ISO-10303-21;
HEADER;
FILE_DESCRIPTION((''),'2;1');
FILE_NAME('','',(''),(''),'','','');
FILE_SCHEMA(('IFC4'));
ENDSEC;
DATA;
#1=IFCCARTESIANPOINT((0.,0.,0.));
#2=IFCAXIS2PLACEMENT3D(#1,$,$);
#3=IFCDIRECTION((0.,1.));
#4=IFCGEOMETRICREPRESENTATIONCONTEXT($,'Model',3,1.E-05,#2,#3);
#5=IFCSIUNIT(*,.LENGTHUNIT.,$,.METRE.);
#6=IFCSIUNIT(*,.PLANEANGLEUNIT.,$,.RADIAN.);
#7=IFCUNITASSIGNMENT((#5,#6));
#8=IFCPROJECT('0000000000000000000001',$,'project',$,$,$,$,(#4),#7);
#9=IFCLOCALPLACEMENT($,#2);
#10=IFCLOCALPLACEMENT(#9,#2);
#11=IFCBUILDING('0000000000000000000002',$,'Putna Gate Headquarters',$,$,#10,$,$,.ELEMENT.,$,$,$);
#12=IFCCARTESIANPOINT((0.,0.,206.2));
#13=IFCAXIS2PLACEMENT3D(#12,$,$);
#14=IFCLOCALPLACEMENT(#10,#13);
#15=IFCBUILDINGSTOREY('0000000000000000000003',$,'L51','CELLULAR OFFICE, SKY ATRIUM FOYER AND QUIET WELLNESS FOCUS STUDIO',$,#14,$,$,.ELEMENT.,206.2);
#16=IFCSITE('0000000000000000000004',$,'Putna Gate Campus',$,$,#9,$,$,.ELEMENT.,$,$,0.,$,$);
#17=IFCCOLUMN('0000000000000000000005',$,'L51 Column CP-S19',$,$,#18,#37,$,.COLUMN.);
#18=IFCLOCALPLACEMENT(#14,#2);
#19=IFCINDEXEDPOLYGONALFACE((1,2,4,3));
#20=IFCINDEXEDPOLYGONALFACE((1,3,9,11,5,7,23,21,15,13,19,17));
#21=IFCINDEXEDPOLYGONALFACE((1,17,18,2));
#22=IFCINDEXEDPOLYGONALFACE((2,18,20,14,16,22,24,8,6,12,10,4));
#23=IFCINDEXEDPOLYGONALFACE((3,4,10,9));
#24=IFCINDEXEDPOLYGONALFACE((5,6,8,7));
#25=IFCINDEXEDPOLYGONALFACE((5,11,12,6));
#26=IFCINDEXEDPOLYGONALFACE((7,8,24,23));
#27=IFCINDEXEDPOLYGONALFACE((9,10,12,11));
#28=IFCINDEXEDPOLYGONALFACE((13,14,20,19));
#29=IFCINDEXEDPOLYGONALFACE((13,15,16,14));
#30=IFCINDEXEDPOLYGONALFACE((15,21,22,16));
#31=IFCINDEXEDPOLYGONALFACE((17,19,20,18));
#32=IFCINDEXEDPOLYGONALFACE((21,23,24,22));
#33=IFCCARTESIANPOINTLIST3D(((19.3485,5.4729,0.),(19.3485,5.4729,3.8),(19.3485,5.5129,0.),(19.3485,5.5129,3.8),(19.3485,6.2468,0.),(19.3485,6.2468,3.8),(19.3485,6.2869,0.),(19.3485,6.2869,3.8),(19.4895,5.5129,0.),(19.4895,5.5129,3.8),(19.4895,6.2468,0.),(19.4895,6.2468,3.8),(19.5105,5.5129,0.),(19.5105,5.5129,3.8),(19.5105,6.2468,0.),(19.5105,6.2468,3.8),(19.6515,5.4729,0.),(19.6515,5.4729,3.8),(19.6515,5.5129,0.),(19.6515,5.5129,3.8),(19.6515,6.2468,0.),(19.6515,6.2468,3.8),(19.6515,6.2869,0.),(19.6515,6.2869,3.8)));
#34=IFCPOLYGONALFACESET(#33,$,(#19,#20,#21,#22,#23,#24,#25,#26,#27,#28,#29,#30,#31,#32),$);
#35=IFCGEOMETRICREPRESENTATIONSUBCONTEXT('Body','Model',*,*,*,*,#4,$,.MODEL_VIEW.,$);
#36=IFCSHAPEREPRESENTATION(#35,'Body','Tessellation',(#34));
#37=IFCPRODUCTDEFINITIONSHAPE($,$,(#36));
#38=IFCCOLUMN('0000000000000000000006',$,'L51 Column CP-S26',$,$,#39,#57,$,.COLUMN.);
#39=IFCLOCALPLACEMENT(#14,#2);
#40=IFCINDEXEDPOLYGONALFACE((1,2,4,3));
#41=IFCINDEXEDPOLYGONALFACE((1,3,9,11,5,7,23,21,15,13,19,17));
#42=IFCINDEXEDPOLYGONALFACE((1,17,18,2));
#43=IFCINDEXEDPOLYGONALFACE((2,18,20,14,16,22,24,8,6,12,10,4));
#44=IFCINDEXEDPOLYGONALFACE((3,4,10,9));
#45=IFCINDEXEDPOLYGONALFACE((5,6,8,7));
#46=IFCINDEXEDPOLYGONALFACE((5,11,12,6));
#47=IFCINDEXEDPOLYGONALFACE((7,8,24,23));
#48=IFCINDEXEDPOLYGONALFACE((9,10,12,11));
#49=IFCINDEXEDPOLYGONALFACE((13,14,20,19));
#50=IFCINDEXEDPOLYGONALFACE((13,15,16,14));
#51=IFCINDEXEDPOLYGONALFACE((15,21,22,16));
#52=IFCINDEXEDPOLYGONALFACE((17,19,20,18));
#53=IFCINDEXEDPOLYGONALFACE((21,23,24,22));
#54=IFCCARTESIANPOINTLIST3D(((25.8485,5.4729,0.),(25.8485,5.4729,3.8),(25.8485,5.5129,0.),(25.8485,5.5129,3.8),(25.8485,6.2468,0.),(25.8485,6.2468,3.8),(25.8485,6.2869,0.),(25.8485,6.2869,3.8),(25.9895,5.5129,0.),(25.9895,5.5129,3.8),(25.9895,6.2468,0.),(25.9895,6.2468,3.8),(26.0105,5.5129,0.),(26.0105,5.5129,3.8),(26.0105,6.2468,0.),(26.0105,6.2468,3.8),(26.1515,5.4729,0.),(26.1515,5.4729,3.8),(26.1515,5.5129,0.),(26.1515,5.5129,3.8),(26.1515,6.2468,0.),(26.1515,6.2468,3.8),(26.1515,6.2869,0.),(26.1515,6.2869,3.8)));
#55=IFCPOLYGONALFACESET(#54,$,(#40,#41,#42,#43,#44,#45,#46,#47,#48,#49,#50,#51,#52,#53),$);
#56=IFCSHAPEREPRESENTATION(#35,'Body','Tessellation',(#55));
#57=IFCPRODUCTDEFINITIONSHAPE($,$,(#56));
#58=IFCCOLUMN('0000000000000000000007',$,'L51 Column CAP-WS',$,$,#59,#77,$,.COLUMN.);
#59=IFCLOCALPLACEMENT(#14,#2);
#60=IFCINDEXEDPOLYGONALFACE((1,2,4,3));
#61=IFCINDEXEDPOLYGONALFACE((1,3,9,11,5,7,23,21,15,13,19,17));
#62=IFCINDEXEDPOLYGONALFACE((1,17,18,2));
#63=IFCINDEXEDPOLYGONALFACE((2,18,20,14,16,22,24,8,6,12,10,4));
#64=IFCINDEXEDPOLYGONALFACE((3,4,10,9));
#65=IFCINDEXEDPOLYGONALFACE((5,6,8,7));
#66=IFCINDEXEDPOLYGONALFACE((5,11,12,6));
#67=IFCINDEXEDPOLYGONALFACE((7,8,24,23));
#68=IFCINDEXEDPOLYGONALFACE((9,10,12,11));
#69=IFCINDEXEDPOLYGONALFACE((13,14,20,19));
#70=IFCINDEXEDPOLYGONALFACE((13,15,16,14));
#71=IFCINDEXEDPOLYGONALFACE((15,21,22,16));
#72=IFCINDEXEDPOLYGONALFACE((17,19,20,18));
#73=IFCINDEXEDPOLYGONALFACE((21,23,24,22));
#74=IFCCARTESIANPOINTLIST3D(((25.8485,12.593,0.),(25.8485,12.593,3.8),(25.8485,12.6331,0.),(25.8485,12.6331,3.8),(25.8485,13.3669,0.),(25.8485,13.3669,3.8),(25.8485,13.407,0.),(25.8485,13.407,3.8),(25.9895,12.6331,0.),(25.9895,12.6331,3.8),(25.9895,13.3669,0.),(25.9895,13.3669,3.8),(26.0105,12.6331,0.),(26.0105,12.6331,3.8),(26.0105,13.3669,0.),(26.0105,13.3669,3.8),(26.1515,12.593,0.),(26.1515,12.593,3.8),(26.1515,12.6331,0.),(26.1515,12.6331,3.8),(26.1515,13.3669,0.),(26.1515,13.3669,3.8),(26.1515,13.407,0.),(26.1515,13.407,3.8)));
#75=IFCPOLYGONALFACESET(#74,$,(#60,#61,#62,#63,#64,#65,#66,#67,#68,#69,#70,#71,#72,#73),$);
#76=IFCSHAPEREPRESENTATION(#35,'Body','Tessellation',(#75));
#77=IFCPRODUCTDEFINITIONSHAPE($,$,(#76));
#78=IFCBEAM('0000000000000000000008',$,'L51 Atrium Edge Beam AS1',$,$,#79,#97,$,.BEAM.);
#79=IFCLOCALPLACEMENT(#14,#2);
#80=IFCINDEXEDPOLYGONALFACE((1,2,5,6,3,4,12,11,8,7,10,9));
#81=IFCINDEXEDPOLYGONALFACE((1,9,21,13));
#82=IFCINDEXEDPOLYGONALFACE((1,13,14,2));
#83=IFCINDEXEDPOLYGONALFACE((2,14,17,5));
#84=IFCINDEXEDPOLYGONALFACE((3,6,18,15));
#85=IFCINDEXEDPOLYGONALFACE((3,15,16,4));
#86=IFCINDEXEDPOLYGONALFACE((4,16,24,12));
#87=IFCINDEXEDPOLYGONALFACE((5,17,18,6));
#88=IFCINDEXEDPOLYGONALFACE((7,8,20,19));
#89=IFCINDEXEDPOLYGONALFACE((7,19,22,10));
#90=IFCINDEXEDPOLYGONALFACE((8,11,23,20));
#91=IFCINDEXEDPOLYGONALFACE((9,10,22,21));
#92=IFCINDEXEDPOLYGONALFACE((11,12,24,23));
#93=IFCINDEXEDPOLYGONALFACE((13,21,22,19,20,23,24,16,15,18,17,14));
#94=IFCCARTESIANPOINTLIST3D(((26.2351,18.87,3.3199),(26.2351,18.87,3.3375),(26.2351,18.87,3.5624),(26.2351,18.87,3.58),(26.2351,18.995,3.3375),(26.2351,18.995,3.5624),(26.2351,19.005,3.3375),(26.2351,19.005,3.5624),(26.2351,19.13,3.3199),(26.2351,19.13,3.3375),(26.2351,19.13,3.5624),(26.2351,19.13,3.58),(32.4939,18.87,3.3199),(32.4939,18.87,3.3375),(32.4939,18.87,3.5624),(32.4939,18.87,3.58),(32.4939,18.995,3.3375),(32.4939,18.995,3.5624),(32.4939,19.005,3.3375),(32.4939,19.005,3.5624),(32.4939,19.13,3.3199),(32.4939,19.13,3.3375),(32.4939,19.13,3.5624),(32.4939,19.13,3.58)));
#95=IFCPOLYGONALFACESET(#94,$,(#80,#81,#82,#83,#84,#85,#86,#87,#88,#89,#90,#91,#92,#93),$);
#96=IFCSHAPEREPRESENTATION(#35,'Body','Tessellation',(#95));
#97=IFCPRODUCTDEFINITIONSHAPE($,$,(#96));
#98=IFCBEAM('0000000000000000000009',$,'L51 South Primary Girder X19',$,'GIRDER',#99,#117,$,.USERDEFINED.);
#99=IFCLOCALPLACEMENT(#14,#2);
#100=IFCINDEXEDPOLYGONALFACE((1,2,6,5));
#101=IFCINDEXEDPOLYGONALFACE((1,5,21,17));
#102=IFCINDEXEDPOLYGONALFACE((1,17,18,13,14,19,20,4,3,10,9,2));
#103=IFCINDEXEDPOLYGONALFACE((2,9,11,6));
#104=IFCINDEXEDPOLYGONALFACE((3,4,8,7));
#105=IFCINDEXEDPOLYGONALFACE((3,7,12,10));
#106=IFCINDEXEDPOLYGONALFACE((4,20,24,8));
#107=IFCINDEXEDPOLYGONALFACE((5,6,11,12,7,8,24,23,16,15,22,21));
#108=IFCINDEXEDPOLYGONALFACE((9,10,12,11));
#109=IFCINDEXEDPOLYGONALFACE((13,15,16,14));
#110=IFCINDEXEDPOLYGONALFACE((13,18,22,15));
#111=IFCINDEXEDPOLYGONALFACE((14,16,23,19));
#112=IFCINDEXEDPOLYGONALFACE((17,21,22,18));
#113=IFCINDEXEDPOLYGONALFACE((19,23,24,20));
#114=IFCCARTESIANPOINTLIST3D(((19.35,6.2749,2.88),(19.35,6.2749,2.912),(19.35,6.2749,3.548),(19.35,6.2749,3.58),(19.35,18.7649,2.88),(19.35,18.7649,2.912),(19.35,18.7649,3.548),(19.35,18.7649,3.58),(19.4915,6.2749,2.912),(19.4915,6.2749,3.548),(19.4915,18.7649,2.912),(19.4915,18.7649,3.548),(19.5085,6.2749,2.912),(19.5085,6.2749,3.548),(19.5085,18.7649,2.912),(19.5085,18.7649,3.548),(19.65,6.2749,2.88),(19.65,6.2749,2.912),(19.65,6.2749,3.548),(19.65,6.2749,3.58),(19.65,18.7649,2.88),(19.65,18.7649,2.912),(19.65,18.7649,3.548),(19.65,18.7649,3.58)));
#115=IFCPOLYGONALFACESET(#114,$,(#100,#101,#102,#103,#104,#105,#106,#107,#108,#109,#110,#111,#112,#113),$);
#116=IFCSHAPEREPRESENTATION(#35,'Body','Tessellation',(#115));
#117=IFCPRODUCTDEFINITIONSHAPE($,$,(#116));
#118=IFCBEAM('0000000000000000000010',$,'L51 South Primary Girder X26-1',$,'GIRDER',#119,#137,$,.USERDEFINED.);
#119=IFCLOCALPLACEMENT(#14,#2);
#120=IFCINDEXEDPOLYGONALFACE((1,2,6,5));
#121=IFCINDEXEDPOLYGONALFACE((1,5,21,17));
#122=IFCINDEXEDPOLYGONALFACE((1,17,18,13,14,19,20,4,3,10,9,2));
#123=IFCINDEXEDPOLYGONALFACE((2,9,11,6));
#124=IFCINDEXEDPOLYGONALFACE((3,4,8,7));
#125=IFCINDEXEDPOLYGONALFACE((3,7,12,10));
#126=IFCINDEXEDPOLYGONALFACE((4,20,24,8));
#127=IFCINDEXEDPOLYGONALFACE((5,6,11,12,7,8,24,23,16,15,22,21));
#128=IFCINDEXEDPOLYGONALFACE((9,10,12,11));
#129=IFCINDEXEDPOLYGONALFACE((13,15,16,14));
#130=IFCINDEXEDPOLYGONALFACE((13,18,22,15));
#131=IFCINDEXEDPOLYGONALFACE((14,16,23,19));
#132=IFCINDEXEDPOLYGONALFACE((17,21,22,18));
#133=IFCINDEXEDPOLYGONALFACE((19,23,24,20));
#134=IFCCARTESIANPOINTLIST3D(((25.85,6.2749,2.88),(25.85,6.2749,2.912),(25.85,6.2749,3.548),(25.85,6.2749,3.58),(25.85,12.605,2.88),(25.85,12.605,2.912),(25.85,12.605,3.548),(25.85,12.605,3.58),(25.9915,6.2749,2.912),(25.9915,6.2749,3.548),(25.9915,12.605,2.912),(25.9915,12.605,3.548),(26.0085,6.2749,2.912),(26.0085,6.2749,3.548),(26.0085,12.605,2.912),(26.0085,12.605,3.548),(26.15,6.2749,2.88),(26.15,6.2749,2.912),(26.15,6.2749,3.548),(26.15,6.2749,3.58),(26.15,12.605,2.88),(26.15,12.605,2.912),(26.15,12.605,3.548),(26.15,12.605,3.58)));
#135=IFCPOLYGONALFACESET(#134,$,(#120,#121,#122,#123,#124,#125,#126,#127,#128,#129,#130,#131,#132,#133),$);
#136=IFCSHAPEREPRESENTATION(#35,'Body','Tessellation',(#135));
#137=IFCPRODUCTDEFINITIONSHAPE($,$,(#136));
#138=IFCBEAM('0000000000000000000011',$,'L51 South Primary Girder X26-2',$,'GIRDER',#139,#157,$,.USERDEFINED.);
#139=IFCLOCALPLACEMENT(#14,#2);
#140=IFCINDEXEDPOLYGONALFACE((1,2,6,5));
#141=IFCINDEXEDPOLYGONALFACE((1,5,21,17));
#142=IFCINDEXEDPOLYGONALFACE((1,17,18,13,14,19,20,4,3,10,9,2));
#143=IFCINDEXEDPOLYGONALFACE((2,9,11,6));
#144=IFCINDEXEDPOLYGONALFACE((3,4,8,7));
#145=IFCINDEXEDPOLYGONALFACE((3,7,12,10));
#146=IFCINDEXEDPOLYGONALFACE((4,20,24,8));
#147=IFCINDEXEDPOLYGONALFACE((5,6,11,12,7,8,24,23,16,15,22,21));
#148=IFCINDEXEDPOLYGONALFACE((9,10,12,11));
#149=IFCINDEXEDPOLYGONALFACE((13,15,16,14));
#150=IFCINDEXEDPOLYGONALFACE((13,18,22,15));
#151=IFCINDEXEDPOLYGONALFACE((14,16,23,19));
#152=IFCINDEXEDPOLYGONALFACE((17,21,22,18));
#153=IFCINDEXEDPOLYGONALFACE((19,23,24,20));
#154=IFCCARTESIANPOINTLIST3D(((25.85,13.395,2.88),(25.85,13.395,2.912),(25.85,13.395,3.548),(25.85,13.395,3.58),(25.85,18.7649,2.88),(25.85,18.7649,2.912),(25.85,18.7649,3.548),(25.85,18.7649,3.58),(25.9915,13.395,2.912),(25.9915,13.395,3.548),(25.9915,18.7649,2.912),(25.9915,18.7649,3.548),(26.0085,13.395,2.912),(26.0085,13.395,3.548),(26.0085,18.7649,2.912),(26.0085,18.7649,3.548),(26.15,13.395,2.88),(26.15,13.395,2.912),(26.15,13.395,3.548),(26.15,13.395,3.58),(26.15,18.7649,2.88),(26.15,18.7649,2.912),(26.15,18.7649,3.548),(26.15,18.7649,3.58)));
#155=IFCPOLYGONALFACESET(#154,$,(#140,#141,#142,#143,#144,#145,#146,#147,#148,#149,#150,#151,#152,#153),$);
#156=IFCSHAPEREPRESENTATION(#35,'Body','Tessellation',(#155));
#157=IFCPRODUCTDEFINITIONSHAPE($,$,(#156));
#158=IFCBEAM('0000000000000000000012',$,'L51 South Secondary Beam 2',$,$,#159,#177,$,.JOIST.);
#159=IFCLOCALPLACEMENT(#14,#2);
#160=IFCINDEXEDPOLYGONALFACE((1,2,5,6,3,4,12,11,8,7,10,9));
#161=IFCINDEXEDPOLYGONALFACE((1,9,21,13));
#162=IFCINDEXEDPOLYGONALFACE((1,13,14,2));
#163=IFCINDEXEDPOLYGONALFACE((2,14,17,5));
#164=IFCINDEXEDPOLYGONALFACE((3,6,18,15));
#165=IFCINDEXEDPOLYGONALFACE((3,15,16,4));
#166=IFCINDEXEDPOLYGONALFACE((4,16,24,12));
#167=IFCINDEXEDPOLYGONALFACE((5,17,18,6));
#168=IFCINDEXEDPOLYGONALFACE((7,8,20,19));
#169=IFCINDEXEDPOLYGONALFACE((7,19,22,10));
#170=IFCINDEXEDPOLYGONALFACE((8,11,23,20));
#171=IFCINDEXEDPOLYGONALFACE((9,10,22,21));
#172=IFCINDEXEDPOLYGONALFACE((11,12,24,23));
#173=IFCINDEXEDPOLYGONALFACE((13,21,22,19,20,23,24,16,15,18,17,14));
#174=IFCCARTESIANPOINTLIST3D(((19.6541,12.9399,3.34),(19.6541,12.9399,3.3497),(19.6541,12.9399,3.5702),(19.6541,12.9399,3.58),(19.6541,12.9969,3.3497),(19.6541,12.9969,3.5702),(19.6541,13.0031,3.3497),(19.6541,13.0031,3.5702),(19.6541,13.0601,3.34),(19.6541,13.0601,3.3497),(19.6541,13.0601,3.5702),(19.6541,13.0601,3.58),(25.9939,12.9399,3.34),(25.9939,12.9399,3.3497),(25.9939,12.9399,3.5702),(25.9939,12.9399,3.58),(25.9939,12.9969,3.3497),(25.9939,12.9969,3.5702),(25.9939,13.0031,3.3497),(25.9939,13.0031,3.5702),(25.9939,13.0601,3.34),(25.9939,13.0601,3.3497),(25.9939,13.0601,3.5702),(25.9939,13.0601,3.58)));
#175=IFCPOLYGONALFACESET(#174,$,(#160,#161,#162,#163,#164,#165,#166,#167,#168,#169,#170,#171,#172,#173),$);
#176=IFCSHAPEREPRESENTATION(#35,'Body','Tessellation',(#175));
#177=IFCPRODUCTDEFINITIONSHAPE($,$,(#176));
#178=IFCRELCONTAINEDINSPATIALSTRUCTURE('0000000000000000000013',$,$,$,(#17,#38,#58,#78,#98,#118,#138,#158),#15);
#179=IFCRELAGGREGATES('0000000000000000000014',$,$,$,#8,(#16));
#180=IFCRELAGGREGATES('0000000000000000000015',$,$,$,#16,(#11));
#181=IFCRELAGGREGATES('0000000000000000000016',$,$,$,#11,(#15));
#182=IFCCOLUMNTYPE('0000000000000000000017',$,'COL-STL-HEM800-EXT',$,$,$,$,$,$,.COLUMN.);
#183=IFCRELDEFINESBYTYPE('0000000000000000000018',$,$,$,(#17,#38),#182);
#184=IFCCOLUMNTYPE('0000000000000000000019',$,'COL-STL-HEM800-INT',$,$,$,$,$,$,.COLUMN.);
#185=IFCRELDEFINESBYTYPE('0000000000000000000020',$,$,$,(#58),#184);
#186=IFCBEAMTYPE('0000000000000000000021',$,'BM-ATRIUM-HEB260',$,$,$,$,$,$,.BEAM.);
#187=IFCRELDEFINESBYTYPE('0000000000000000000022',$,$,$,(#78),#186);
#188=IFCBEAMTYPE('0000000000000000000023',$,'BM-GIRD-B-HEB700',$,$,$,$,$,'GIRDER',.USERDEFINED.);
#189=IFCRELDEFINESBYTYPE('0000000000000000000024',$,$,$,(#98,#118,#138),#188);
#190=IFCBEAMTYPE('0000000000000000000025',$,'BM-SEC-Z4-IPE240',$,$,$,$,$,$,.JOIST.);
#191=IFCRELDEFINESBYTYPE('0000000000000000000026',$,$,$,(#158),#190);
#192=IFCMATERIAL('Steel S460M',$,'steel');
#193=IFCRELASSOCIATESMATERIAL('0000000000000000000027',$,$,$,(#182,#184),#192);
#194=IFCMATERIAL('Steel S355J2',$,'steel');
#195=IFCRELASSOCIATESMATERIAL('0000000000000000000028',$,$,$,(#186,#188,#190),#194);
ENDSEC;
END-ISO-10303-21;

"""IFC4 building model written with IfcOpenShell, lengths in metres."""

from ifc_helpers import new_model, si_unit, direction, frame, origin, origin_2d, place, context, subcontext, project, spatial, i_section, extrude, material, material_profile, profile_set, type_object, element, save


model = new_model("IFC4")

# Units and contexts
model_context = context("Model", 3, precision=1e-05, world=origin(), true_north=direction((0.0, 1.0)))
body_context = subcontext(model_context, "Body", "Model", "MODEL_VIEW")
ifc_project = project(units=[si_unit("LENGTHUNIT", "METRE"), si_unit("PLANEANGLEUNIT", "RADIAN")], contexts=[model_context])

# Site, building, storey
site_placement = place(None, origin())
site = spatial("IfcSite", under=ifc_project, at=site_placement, Name="Putna Gate Campus", CompositionType="ELEMENT", RefElevation=0.0)
building_placement = place(site_placement, origin())
building = spatial("IfcBuilding", under=site, at=building_placement, Name="Putna Gate Headquarters", CompositionType="ELEMENT")
storey_placement = place(building_placement, frame((0.0, 0.0, 206.2)))
storey = spatial("IfcBuildingStorey", under=building, at=storey_placement, Name="L51", Description="CELLULAR OFFICE, SKY ATRIUM FOYER AND QUIET WELLNESS FOCUS STUDIO", CompositionType="ELEMENT", Elevation=206.2)

# Columns
ifc_material_1 = material(Name="Steel S460M", Category="steel")
ifc_material_profile_1 = material_profile(ifc_material_1, i_section(OverallWidth=0.303, OverallDepth=0.814, WebThickness=0.021, FlangeThickness=0.04, at=origin_2d()), Name="Steel S460M")
ifc_profile_set_1 = profile_set([ifc_material_profile_1], Name="Steel S460M")
column_type_1 = type_object("IfcColumnType", Name="COL-STL-HEM800-EXT", PredefinedType="COLUMN", material=ifc_profile_set_1)
for number, where, z_axis, x_axis, name in (
    (1, (19.5, 5.8799, 0.0), (0.0, 0.0, 1.0), (1.0, 0.0, 0.0), "L51 Column CP-S19"),
    (2, (26.0, 5.8799, 0.0), (0.0, 0.0, 1.0), (1.0, 0.0, 0.0), "L51 Column CP-S26"),
):
    element("IfcColumn", number, at=place(storey_placement, frame(where, z_axis=z_axis, x_axis=x_axis)), inside=storey, type_object=column_type_1, Name=name, PredefinedType="COLUMN", context=body_context, shape_type="SweptSolid", body=[
        extrude(i_section(OverallWidth=0.303, OverallDepth=0.814, WebThickness=0.021, FlangeThickness=0.04, at=origin_2d()), origin(), (0.0, 0.0, 1.0), 3.8),
    ])
ifc_material_profile_2 = material_profile(ifc_material_1, i_section(OverallWidth=0.303, OverallDepth=0.814, WebThickness=0.021, FlangeThickness=0.04, at=origin_2d()), Name="Steel S460M")
ifc_profile_set_2 = profile_set([ifc_material_profile_2], Name="Steel S460M")
column_type_2 = type_object("IfcColumnType", Name="COL-STL-HEM800-INT", PredefinedType="COLUMN", material=ifc_profile_set_2)
column_placement = place(storey_placement, frame((26.0, 13.0, 0.0), z_axis=(0.0, 0.0, 1.0), x_axis=(1.0, 0.0, 0.0)))
element("IfcColumn", 3, at=column_placement, inside=storey, type_object=column_type_2, Name="L51 Column CAP-WS", PredefinedType="COLUMN", context=body_context, shape_type="SweptSolid", body=[
    extrude(i_section(OverallWidth=0.303, OverallDepth=0.814, WebThickness=0.021, FlangeThickness=0.04, at=origin_2d()), origin(), (0.0, 0.0, 1.0), 3.8),
])

# Beams
ifc_material_2 = material(Name="Steel S355J2", Category="steel")
ifc_material_profile_3 = material_profile(ifc_material_2, i_section(OverallWidth=0.26, OverallDepth=0.26, WebThickness=0.01, FlangeThickness=0.0176, at=origin_2d()), Name="Steel S355J2")
ifc_profile_set_3 = profile_set([ifc_material_profile_3], Name="Steel S355J2")
beam_type_1 = type_object("IfcBeamType", Name="BM-ATRIUM-HEB260", PredefinedType="BEAM", material=ifc_profile_set_3)
beam_1_placement = place(storey_placement, frame((26.2351, 19.0, 3.45), z_axis=(1.0, 0.0, 0.0), x_axis=(0.0, 1.0, 0.0)))
element("IfcBeam", 4, at=beam_1_placement, inside=storey, type_object=beam_type_1, Name="L51 Atrium Edge Beam AS1", PredefinedType="BEAM", context=body_context, shape_type="SweptSolid", body=[
    extrude(i_section(OverallWidth=0.26, OverallDepth=0.26, WebThickness=0.01, FlangeThickness=0.0176, at=origin_2d()), origin(), (0.0, 0.0, 1.0), 6.2588),
])
ifc_material_profile_4 = material_profile(ifc_material_2, i_section(OverallWidth=0.3, OverallDepth=0.7, WebThickness=0.0171, FlangeThickness=0.032, at=origin_2d()), Name="Steel S355J2")
ifc_profile_set_4 = profile_set([ifc_material_profile_4], Name="Steel S355J2")
beam_type_2 = type_object("IfcBeamType", Name="BM-GIRD-B-HEB700", ElementType="GIRDER", PredefinedType="USERDEFINED", material=ifc_profile_set_4)
beam_2_placement = place(storey_placement, frame((19.5, 6.2749, 3.23), z_axis=(0.0, 1.0, 0.0), x_axis=(-1.0, 0.0, 0.0)))
element("IfcBeam", 5, at=beam_2_placement, inside=storey, type_object=beam_type_2, Name="L51 South Primary Girder X19", ObjectType="GIRDER", PredefinedType="USERDEFINED", context=body_context, shape_type="SweptSolid", body=[
    extrude(i_section(OverallWidth=0.3, OverallDepth=0.7, WebThickness=0.0171, FlangeThickness=0.032, at=origin_2d()), origin(), (0.0, 0.0, 1.0), 12.49),
])
beam_3_placement = place(storey_placement, frame((26.0, 6.2749, 3.23), z_axis=(0.0, 1.0, 0.0), x_axis=(-1.0, 0.0, 0.0)))
element("IfcBeam", 6, at=beam_3_placement, inside=storey, type_object=beam_type_2, Name="L51 South Primary Girder X26-1", ObjectType="GIRDER", PredefinedType="USERDEFINED", context=body_context, shape_type="SweptSolid", body=[
    extrude(i_section(OverallWidth=0.3, OverallDepth=0.7, WebThickness=0.0171, FlangeThickness=0.032, at=origin_2d()), origin(), (0.0, 0.0, 1.0), 6.3301),
])
beam_4_placement = place(storey_placement, frame((26.0, 13.395, 3.23), z_axis=(0.0, 1.0, 0.0), x_axis=(-1.0, 0.0, 0.0)))
element("IfcBeam", 7, at=beam_4_placement, inside=storey, type_object=beam_type_2, Name="L51 South Primary Girder X26-2", ObjectType="GIRDER", PredefinedType="USERDEFINED", context=body_context, shape_type="SweptSolid", body=[
    extrude(i_section(OverallWidth=0.3, OverallDepth=0.7, WebThickness=0.0171, FlangeThickness=0.032, at=origin_2d()), origin(), (0.0, 0.0, 1.0), 5.3699),
])
ifc_material_profile_5 = material_profile(ifc_material_2, i_section(OverallWidth=0.1201, OverallDepth=0.24, WebThickness=0.0061, FlangeThickness=0.0098, at=origin_2d()), Name="Steel S355J2")
ifc_profile_set_5 = profile_set([ifc_material_profile_5], Name="Steel S355J2")
beam_type_3 = type_object("IfcBeamType", Name="BM-SEC-Z4-IPE240", PredefinedType="JOIST", material=ifc_profile_set_5)
for number, where, z_axis, x_axis, name in (
    (8, (19.6541, 13.0, 3.46), (1.0, 0.0, 0.0), (0.0, 1.0, 0.0), "L51 South Secondary Beam 2"),
):
    element("IfcBeam", number, at=place(storey_placement, frame(where, z_axis=z_axis, x_axis=x_axis)), inside=storey, type_object=beam_type_3, Name=name, PredefinedType="JOIST", context=body_context, shape_type="SweptSolid", body=[
        extrude(i_section(OverallWidth=0.1201, OverallDepth=0.24, WebThickness=0.0061, FlangeThickness=0.0098, at=origin_2d()), origin(), (0.0, 0.0, 1.0), 6.3398),
    ])

save(model, "model.ifc")
